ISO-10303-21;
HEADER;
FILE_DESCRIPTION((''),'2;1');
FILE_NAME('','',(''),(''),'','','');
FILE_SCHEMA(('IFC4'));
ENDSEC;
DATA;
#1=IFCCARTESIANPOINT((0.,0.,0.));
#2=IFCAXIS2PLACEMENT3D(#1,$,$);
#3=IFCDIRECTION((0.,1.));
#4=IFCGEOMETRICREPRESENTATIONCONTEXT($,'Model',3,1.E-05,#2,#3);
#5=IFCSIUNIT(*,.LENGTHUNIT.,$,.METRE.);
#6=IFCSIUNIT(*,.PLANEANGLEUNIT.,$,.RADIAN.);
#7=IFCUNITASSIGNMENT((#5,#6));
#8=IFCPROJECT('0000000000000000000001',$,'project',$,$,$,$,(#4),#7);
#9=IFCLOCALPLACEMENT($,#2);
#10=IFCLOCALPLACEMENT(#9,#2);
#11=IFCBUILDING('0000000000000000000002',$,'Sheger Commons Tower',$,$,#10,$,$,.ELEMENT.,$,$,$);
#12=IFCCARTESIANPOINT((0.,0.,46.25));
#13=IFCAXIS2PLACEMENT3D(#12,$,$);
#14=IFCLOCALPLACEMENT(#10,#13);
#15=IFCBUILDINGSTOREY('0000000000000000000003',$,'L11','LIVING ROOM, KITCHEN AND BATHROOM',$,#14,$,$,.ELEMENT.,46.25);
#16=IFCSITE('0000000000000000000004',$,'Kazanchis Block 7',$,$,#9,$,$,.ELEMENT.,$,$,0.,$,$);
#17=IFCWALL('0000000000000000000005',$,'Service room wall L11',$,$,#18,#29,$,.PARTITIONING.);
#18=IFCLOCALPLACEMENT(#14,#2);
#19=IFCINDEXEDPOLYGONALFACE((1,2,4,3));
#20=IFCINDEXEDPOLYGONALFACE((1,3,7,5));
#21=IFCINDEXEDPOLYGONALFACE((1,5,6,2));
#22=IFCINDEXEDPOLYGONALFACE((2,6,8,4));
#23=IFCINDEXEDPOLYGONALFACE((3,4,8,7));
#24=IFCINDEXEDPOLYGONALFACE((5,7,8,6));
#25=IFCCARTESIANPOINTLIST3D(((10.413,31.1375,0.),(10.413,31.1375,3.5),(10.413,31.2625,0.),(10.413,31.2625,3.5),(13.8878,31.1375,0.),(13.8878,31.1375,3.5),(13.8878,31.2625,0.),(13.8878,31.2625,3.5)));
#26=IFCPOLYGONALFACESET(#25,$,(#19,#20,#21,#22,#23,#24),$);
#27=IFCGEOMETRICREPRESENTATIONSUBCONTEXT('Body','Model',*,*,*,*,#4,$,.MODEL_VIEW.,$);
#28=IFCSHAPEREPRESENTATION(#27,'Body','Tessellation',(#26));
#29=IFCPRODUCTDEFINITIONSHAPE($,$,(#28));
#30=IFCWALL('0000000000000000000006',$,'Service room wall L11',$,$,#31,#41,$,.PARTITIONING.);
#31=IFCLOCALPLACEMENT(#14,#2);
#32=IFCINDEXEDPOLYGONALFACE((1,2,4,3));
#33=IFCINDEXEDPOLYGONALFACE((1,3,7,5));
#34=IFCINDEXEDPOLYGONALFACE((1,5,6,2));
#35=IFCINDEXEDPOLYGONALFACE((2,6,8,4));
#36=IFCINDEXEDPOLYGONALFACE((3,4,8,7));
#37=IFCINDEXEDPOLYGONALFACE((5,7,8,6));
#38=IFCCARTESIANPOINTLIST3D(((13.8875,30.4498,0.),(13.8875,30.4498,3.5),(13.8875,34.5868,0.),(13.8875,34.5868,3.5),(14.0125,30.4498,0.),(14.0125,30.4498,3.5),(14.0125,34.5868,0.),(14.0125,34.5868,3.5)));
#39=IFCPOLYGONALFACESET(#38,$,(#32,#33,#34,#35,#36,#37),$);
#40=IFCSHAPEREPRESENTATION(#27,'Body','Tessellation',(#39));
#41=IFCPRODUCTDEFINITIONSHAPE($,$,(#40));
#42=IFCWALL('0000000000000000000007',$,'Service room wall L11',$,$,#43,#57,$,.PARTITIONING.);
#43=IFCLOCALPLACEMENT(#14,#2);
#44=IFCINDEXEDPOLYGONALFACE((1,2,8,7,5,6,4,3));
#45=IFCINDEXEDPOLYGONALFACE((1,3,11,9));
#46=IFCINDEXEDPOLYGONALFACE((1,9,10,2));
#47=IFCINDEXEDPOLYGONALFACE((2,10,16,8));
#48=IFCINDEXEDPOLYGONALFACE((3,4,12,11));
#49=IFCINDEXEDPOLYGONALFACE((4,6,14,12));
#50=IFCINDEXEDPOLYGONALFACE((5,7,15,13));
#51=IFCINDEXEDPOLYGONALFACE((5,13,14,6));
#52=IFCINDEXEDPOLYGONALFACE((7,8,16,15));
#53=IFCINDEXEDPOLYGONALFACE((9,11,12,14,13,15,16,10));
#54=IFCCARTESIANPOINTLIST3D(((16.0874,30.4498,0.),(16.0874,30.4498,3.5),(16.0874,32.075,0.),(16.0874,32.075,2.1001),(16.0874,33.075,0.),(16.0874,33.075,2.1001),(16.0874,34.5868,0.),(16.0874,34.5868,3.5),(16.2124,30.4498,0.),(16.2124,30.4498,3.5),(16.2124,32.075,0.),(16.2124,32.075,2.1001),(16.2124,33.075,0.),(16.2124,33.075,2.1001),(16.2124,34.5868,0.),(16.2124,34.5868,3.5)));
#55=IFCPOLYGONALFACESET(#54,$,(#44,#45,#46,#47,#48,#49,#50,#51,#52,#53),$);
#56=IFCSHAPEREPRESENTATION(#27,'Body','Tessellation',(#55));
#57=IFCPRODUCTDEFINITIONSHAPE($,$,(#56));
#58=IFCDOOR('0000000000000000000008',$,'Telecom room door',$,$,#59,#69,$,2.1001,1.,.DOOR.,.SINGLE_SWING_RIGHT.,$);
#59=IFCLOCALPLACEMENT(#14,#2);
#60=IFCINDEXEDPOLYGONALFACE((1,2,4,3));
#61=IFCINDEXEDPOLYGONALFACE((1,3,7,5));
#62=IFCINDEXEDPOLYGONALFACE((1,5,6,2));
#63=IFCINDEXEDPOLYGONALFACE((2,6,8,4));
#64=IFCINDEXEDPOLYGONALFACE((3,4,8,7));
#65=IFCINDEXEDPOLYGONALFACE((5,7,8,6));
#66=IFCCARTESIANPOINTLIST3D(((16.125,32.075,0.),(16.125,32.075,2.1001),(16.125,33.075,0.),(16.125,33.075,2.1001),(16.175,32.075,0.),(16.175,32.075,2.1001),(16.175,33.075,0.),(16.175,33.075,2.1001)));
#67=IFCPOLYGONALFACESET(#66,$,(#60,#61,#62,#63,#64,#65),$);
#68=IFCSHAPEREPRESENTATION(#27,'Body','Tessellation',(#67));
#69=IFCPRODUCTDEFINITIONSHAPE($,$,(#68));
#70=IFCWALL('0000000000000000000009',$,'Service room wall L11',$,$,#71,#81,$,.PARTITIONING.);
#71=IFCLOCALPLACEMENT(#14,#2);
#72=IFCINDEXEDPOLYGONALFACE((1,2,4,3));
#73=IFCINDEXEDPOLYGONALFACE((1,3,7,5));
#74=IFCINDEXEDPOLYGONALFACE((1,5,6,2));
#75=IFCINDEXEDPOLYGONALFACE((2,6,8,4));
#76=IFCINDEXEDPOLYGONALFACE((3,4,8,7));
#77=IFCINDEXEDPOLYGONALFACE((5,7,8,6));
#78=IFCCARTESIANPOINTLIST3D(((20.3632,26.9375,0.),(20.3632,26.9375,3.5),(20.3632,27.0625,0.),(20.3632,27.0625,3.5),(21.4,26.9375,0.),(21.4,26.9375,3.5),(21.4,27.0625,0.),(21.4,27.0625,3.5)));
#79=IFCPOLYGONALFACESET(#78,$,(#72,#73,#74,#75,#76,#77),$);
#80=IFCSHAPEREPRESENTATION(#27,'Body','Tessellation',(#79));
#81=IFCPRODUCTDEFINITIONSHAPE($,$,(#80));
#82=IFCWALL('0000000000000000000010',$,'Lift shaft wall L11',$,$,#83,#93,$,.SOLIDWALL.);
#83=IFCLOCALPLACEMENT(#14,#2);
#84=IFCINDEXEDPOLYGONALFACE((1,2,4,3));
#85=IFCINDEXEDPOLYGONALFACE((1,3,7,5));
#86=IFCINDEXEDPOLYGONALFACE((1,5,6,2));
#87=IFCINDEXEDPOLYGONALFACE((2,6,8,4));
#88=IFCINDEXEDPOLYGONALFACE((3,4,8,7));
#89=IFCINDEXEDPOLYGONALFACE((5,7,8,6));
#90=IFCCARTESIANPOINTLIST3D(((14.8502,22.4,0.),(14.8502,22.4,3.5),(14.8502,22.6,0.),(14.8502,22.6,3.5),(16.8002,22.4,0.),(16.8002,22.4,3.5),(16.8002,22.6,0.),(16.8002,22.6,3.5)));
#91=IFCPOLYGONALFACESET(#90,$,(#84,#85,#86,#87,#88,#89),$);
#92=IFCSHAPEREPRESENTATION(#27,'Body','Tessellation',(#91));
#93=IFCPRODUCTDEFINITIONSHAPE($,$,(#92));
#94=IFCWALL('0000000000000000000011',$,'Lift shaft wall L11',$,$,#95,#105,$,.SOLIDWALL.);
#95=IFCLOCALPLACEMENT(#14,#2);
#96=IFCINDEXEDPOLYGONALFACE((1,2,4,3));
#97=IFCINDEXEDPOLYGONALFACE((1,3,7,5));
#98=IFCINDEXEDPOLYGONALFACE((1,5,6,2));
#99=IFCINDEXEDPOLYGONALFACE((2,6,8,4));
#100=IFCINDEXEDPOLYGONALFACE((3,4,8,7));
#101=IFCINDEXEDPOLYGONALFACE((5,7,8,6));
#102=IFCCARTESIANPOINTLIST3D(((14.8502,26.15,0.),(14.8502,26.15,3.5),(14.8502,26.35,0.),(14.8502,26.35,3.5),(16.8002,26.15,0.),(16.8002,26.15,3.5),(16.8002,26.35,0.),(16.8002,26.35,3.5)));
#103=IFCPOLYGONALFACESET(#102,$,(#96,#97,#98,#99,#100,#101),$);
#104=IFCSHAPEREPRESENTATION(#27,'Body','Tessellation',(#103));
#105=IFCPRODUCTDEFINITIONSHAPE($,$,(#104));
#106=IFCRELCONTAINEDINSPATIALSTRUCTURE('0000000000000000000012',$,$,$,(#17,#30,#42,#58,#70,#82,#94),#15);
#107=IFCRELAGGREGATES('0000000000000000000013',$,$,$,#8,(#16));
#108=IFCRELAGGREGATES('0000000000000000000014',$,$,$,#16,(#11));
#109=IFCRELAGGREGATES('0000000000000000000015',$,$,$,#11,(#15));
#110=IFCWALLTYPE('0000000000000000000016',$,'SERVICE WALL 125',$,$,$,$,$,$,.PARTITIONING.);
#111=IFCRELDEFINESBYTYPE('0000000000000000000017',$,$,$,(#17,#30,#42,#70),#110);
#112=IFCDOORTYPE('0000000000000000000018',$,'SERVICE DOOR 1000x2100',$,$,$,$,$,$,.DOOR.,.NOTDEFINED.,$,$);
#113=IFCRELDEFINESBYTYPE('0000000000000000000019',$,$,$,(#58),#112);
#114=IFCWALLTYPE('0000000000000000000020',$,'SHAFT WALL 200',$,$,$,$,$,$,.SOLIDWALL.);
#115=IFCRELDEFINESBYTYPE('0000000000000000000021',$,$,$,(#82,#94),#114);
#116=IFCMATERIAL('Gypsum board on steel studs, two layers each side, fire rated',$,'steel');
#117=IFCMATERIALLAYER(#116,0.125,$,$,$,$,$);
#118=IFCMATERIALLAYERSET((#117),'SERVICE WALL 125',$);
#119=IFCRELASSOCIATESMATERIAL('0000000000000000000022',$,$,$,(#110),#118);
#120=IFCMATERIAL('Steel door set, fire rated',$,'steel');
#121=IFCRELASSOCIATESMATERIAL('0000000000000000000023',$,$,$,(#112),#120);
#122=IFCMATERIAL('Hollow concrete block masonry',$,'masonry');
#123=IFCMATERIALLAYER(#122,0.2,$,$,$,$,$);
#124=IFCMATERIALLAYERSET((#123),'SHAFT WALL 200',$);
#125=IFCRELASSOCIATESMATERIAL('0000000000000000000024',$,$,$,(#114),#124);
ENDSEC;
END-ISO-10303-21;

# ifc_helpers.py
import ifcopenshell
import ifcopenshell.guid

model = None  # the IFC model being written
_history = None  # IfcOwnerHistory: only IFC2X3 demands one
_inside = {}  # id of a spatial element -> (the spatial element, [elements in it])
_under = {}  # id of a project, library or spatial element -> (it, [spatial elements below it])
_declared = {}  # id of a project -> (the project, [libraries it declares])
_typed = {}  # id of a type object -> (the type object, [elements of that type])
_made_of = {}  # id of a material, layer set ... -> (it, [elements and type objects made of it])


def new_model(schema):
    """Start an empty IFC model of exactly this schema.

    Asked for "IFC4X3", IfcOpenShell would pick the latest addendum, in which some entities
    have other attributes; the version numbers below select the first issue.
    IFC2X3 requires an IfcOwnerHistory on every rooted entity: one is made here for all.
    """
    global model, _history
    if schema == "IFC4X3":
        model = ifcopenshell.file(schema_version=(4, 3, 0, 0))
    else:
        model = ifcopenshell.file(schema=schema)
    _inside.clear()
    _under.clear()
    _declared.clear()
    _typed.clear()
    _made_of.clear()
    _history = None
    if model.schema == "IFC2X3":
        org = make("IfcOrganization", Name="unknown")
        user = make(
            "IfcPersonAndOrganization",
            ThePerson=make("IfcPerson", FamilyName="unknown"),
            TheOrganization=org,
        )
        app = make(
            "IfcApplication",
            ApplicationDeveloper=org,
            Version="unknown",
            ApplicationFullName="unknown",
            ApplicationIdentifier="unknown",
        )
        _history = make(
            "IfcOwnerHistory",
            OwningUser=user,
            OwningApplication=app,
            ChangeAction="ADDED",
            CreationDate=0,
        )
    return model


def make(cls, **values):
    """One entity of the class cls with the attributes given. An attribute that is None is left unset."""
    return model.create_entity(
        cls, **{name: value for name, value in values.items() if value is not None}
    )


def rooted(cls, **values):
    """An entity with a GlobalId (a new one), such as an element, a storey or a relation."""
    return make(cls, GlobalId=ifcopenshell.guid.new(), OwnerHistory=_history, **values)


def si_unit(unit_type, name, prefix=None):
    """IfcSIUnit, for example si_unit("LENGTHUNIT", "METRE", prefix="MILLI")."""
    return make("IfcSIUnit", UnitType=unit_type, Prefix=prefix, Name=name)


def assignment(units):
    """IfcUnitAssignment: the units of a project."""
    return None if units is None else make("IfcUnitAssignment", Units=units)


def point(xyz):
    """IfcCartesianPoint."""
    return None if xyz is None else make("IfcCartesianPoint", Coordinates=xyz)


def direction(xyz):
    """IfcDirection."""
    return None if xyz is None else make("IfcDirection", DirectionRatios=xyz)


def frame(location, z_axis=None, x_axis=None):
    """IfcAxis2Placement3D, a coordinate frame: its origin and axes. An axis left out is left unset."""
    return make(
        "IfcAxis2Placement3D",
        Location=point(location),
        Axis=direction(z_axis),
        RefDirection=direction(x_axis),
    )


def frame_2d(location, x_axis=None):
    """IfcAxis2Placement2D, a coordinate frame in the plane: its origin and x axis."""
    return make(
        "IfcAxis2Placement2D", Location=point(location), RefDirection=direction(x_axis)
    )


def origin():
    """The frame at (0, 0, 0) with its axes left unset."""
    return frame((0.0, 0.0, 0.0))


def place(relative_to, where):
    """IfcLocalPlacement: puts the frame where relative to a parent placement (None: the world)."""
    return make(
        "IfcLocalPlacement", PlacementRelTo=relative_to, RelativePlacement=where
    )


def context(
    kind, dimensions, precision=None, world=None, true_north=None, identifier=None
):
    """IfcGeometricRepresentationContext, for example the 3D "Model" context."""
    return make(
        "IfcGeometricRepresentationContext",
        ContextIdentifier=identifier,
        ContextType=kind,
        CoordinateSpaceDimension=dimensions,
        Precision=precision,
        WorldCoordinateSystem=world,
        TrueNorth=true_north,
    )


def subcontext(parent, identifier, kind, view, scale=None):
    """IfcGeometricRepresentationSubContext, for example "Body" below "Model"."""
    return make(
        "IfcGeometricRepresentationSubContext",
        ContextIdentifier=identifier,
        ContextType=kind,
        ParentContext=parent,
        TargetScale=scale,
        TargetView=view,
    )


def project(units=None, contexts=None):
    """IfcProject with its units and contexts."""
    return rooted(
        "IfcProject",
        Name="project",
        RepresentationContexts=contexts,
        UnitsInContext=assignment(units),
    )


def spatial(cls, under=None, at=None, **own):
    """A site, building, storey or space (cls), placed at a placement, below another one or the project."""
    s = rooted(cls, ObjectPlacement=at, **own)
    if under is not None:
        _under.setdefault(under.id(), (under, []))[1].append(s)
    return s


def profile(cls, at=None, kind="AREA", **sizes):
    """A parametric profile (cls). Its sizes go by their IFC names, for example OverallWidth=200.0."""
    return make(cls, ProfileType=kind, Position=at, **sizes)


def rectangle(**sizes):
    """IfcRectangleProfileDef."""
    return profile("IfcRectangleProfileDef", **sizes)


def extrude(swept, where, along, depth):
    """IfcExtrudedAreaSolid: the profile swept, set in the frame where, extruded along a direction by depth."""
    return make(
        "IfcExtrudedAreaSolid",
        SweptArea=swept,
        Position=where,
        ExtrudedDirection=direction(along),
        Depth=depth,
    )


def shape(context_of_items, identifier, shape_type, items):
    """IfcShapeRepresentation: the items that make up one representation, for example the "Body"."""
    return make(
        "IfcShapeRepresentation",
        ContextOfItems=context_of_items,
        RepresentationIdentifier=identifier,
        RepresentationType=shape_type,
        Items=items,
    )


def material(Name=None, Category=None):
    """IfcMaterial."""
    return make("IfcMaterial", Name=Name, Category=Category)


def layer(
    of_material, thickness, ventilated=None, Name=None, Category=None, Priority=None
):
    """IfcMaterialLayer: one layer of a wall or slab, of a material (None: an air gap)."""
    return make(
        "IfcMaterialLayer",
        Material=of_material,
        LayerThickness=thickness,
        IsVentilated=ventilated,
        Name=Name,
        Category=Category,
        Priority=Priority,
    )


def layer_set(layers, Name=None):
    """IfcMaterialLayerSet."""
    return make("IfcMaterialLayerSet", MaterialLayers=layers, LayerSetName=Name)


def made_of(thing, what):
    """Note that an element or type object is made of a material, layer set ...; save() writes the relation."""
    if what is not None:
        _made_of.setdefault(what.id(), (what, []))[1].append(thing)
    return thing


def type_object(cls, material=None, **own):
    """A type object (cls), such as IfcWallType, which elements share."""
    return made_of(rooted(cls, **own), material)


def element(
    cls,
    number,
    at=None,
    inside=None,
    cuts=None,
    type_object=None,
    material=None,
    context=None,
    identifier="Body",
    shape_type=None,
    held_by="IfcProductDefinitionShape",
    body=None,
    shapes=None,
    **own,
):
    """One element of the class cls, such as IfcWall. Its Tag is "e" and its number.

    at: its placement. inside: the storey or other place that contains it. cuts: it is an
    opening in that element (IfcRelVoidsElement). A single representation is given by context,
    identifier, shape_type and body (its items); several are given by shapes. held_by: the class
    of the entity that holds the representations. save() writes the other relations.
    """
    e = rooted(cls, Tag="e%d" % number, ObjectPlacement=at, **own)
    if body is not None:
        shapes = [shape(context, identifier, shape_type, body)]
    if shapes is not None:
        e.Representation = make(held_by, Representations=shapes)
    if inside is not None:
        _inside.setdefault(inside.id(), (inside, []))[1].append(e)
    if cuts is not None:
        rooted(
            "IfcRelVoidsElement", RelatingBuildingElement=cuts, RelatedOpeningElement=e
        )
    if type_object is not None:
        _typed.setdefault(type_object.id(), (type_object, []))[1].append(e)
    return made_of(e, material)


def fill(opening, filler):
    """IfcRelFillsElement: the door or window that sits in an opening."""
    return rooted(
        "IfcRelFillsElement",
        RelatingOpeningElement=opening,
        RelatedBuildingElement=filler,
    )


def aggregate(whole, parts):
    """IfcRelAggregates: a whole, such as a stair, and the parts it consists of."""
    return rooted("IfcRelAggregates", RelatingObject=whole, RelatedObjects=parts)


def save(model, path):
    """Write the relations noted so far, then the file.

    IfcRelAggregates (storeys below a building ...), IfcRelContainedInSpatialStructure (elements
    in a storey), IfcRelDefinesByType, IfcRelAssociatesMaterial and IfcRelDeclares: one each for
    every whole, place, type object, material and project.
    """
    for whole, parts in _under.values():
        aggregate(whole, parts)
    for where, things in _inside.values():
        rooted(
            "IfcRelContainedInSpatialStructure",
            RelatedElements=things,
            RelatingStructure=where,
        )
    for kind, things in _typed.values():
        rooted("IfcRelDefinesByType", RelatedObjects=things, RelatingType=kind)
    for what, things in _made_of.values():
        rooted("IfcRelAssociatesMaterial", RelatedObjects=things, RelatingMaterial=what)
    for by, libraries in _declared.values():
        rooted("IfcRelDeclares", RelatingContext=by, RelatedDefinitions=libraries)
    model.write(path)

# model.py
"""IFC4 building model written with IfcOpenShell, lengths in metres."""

from ifc_helpers import new_model, si_unit, direction, frame, frame_2d, origin, place, context, subcontext, project, spatial, rectangle, extrude, material, layer, layer_set, type_object, element, fill, save


model = new_model("IFC4")

# Units and contexts
model_context = context("Model", 3, precision=1e-05, world=origin(), true_north=direction((0.0, 1.0)))
body_context = subcontext(model_context, "Body", "Model", "MODEL_VIEW")
ifc_project = project(units=[si_unit("LENGTHUNIT", "METRE"), si_unit("PLANEANGLEUNIT", "RADIAN")], contexts=[model_context])

# Site, building, storey
site_placement = place(None, origin())
site = spatial("IfcSite", under=ifc_project, at=site_placement, Name="Kazanchis Block 7", CompositionType="ELEMENT", RefElevation=0.0)
building_placement = place(site_placement, origin())
building = spatial("IfcBuilding", under=site, at=building_placement, Name="Sheger Commons Tower", CompositionType="ELEMENT")
storey_placement = place(building_placement, frame((0.0, 0.0, 46.25)))
storey = spatial("IfcBuildingStorey", under=building, at=storey_placement, Name="L11", Description="LIVING ROOM, KITCHEN AND BATHROOM", CompositionType="ELEMENT", Elevation=46.25)

# Shared definitions
ifc_material_1 = material(Name="Gypsum board on steel studs, two layers each side, fire rated", Category="steel")
ifc_layer_1 = layer(ifc_material_1, 0.125)
ifc_layer_set_1 = layer_set([ifc_layer_1], Name="SERVICE WALL 125")
wall_type_1 = type_object("IfcWallType", Name="SERVICE WALL 125", PredefinedType="PARTITIONING", material=ifc_layer_set_1)
ifc_material_2 = material(Name="Steel door set, fire rated", Category="steel")
door_type_1 = type_object("IfcDoorType", Name="SERVICE DOOR 1000x2100", OperationType="NOTDEFINED", PredefinedType="DOOR", material=ifc_material_2)

# Walls
wall_1_placement = place(storey_placement, frame((10.4131, 31.2, 0.0), z_axis=(0.0, 0.0, 1.0), x_axis=(1.0, 0.0, 0.0)))
element("IfcWall", 1, at=wall_1_placement, inside=storey, type_object=wall_type_1, Name="Service room wall L11", PredefinedType="PARTITIONING", context=body_context, shape_type="SweptSolid", body=[
    extrude(rectangle(XDim=3.4749, YDim=0.125, at=frame_2d((1.7373, 0.0))), origin(), (0.0, 0.0, 1.0), 3.5),
])
wall_2_placement = place(storey_placement, frame((13.95, 30.45, 0.0), z_axis=(0.0, 0.0, 1.0), x_axis=(0.0, 1.0, 0.0)))
element("IfcWall", 2, at=wall_2_placement, inside=storey, type_object=wall_type_1, Name="Service room wall L11", PredefinedType="PARTITIONING", context=body_context, shape_type="SweptSolid", body=[
    extrude(rectangle(XDim=4.137, YDim=0.125, at=frame_2d((2.0684, 0.0))), origin(), (0.0, 0.0, 1.0), 3.5),
])

# Wall, opening, door
wall_3_placement = place(storey_placement, frame((16.1499, 30.45, 0.0), z_axis=(0.0, 0.0, 1.0), x_axis=(0.0, 1.0, 0.0)))
wall_3 = element("IfcWall", 3, at=wall_3_placement, inside=storey, type_object=wall_type_1, Name="Service room wall L11", PredefinedType="PARTITIONING", context=body_context, shape_type="SweptSolid", body=[
    extrude(rectangle(XDim=4.137, YDim=0.125, at=frame_2d((2.0684, 0.0))), origin(), (0.0, 0.0, 1.0), 3.5),
])
opening_1_placement = place(wall_3_placement, frame((1.625, 0.0, 0.0)))
opening_1 = element("IfcOpeningElement", 4, at=opening_1_placement, cuts=wall_3, PredefinedType="OPENING", context=body_context, shape_type="SweptSolid", body=[
    extrude(rectangle(XDim=1.0, YDim=2.1001, at=frame_2d((0.5, 1.05))), frame((0.0, 0.0725, 0.0), z_axis=(0.0, -1.0, 0.0), x_axis=(1.0, 0.0, 0.0)), (0.0, 0.0, 1.0), 0.145),
])
door_1_placement = place(opening_1_placement, origin())
door_1 = element("IfcDoor", 5, at=door_1_placement, inside=storey, type_object=door_type_1, Name="Telecom room door", OperationType="SINGLE_SWING_RIGHT", OverallHeight=2.1001, OverallWidth=1.0, PredefinedType="DOOR", context=body_context, shape_type="SweptSolid", body=[
    extrude(rectangle(XDim=1.0, YDim=2.1001, at=frame_2d((0.5, 1.05))), frame((0.0, 0.0249, 0.0), z_axis=(0.0, -1.0, 0.0), x_axis=(1.0, 0.0, 0.0)), (0.0, 0.0, 1.0), 0.05),
])
fill(opening_1, door_1)

# Walls
wall_4_placement = place(storey_placement, frame((20.363, 27.0, 0.0), z_axis=(0.0, 0.0, 1.0), x_axis=(1.0, 0.0, 0.0)))
element("IfcWall", 6, at=wall_4_placement, inside=storey, type_object=wall_type_1, Name="Service room wall L11", PredefinedType="PARTITIONING", context=body_context, shape_type="SweptSolid", body=[
    extrude(rectangle(XDim=1.0369, YDim=0.125, at=frame_2d((0.5186, 0.0))), origin(), (0.0, 0.0, 1.0), 3.5),
])
ifc_material_3 = material(Name="Hollow concrete block masonry", Category="masonry")
ifc_layer_2 = layer(ifc_material_3, 0.2)
ifc_layer_set_2 = layer_set([ifc_layer_2], Name="SHAFT WALL 200")
wall_type_2 = type_object("IfcWallType", Name="SHAFT WALL 200", PredefinedType="SOLIDWALL", material=ifc_layer_set_2)
for number, where, z_axis, x_axis, name in (
    (7, (14.8501, 22.5, 0.0), (0.0, 0.0, 1.0), (1.0, 0.0, 0.0), "Lift shaft wall L11"),
    (8, (14.8501, 26.25, 0.0), (0.0, 0.0, 1.0), (1.0, 0.0, 0.0), "Lift shaft wall L11"),
):
    element("IfcWall", number, at=place(storey_placement, frame(where, z_axis=z_axis, x_axis=x_axis)), inside=storey, type_object=wall_type_2, Name=name, PredefinedType="SOLIDWALL", context=body_context, shape_type="SweptSolid", body=[
        extrude(rectangle(XDim=1.95, YDim=0.2, at=frame_2d((0.9751, 0.0))), origin(), (0.0, 0.0, 1.0), 3.5),
    ])

save(model, "model.ifc")
